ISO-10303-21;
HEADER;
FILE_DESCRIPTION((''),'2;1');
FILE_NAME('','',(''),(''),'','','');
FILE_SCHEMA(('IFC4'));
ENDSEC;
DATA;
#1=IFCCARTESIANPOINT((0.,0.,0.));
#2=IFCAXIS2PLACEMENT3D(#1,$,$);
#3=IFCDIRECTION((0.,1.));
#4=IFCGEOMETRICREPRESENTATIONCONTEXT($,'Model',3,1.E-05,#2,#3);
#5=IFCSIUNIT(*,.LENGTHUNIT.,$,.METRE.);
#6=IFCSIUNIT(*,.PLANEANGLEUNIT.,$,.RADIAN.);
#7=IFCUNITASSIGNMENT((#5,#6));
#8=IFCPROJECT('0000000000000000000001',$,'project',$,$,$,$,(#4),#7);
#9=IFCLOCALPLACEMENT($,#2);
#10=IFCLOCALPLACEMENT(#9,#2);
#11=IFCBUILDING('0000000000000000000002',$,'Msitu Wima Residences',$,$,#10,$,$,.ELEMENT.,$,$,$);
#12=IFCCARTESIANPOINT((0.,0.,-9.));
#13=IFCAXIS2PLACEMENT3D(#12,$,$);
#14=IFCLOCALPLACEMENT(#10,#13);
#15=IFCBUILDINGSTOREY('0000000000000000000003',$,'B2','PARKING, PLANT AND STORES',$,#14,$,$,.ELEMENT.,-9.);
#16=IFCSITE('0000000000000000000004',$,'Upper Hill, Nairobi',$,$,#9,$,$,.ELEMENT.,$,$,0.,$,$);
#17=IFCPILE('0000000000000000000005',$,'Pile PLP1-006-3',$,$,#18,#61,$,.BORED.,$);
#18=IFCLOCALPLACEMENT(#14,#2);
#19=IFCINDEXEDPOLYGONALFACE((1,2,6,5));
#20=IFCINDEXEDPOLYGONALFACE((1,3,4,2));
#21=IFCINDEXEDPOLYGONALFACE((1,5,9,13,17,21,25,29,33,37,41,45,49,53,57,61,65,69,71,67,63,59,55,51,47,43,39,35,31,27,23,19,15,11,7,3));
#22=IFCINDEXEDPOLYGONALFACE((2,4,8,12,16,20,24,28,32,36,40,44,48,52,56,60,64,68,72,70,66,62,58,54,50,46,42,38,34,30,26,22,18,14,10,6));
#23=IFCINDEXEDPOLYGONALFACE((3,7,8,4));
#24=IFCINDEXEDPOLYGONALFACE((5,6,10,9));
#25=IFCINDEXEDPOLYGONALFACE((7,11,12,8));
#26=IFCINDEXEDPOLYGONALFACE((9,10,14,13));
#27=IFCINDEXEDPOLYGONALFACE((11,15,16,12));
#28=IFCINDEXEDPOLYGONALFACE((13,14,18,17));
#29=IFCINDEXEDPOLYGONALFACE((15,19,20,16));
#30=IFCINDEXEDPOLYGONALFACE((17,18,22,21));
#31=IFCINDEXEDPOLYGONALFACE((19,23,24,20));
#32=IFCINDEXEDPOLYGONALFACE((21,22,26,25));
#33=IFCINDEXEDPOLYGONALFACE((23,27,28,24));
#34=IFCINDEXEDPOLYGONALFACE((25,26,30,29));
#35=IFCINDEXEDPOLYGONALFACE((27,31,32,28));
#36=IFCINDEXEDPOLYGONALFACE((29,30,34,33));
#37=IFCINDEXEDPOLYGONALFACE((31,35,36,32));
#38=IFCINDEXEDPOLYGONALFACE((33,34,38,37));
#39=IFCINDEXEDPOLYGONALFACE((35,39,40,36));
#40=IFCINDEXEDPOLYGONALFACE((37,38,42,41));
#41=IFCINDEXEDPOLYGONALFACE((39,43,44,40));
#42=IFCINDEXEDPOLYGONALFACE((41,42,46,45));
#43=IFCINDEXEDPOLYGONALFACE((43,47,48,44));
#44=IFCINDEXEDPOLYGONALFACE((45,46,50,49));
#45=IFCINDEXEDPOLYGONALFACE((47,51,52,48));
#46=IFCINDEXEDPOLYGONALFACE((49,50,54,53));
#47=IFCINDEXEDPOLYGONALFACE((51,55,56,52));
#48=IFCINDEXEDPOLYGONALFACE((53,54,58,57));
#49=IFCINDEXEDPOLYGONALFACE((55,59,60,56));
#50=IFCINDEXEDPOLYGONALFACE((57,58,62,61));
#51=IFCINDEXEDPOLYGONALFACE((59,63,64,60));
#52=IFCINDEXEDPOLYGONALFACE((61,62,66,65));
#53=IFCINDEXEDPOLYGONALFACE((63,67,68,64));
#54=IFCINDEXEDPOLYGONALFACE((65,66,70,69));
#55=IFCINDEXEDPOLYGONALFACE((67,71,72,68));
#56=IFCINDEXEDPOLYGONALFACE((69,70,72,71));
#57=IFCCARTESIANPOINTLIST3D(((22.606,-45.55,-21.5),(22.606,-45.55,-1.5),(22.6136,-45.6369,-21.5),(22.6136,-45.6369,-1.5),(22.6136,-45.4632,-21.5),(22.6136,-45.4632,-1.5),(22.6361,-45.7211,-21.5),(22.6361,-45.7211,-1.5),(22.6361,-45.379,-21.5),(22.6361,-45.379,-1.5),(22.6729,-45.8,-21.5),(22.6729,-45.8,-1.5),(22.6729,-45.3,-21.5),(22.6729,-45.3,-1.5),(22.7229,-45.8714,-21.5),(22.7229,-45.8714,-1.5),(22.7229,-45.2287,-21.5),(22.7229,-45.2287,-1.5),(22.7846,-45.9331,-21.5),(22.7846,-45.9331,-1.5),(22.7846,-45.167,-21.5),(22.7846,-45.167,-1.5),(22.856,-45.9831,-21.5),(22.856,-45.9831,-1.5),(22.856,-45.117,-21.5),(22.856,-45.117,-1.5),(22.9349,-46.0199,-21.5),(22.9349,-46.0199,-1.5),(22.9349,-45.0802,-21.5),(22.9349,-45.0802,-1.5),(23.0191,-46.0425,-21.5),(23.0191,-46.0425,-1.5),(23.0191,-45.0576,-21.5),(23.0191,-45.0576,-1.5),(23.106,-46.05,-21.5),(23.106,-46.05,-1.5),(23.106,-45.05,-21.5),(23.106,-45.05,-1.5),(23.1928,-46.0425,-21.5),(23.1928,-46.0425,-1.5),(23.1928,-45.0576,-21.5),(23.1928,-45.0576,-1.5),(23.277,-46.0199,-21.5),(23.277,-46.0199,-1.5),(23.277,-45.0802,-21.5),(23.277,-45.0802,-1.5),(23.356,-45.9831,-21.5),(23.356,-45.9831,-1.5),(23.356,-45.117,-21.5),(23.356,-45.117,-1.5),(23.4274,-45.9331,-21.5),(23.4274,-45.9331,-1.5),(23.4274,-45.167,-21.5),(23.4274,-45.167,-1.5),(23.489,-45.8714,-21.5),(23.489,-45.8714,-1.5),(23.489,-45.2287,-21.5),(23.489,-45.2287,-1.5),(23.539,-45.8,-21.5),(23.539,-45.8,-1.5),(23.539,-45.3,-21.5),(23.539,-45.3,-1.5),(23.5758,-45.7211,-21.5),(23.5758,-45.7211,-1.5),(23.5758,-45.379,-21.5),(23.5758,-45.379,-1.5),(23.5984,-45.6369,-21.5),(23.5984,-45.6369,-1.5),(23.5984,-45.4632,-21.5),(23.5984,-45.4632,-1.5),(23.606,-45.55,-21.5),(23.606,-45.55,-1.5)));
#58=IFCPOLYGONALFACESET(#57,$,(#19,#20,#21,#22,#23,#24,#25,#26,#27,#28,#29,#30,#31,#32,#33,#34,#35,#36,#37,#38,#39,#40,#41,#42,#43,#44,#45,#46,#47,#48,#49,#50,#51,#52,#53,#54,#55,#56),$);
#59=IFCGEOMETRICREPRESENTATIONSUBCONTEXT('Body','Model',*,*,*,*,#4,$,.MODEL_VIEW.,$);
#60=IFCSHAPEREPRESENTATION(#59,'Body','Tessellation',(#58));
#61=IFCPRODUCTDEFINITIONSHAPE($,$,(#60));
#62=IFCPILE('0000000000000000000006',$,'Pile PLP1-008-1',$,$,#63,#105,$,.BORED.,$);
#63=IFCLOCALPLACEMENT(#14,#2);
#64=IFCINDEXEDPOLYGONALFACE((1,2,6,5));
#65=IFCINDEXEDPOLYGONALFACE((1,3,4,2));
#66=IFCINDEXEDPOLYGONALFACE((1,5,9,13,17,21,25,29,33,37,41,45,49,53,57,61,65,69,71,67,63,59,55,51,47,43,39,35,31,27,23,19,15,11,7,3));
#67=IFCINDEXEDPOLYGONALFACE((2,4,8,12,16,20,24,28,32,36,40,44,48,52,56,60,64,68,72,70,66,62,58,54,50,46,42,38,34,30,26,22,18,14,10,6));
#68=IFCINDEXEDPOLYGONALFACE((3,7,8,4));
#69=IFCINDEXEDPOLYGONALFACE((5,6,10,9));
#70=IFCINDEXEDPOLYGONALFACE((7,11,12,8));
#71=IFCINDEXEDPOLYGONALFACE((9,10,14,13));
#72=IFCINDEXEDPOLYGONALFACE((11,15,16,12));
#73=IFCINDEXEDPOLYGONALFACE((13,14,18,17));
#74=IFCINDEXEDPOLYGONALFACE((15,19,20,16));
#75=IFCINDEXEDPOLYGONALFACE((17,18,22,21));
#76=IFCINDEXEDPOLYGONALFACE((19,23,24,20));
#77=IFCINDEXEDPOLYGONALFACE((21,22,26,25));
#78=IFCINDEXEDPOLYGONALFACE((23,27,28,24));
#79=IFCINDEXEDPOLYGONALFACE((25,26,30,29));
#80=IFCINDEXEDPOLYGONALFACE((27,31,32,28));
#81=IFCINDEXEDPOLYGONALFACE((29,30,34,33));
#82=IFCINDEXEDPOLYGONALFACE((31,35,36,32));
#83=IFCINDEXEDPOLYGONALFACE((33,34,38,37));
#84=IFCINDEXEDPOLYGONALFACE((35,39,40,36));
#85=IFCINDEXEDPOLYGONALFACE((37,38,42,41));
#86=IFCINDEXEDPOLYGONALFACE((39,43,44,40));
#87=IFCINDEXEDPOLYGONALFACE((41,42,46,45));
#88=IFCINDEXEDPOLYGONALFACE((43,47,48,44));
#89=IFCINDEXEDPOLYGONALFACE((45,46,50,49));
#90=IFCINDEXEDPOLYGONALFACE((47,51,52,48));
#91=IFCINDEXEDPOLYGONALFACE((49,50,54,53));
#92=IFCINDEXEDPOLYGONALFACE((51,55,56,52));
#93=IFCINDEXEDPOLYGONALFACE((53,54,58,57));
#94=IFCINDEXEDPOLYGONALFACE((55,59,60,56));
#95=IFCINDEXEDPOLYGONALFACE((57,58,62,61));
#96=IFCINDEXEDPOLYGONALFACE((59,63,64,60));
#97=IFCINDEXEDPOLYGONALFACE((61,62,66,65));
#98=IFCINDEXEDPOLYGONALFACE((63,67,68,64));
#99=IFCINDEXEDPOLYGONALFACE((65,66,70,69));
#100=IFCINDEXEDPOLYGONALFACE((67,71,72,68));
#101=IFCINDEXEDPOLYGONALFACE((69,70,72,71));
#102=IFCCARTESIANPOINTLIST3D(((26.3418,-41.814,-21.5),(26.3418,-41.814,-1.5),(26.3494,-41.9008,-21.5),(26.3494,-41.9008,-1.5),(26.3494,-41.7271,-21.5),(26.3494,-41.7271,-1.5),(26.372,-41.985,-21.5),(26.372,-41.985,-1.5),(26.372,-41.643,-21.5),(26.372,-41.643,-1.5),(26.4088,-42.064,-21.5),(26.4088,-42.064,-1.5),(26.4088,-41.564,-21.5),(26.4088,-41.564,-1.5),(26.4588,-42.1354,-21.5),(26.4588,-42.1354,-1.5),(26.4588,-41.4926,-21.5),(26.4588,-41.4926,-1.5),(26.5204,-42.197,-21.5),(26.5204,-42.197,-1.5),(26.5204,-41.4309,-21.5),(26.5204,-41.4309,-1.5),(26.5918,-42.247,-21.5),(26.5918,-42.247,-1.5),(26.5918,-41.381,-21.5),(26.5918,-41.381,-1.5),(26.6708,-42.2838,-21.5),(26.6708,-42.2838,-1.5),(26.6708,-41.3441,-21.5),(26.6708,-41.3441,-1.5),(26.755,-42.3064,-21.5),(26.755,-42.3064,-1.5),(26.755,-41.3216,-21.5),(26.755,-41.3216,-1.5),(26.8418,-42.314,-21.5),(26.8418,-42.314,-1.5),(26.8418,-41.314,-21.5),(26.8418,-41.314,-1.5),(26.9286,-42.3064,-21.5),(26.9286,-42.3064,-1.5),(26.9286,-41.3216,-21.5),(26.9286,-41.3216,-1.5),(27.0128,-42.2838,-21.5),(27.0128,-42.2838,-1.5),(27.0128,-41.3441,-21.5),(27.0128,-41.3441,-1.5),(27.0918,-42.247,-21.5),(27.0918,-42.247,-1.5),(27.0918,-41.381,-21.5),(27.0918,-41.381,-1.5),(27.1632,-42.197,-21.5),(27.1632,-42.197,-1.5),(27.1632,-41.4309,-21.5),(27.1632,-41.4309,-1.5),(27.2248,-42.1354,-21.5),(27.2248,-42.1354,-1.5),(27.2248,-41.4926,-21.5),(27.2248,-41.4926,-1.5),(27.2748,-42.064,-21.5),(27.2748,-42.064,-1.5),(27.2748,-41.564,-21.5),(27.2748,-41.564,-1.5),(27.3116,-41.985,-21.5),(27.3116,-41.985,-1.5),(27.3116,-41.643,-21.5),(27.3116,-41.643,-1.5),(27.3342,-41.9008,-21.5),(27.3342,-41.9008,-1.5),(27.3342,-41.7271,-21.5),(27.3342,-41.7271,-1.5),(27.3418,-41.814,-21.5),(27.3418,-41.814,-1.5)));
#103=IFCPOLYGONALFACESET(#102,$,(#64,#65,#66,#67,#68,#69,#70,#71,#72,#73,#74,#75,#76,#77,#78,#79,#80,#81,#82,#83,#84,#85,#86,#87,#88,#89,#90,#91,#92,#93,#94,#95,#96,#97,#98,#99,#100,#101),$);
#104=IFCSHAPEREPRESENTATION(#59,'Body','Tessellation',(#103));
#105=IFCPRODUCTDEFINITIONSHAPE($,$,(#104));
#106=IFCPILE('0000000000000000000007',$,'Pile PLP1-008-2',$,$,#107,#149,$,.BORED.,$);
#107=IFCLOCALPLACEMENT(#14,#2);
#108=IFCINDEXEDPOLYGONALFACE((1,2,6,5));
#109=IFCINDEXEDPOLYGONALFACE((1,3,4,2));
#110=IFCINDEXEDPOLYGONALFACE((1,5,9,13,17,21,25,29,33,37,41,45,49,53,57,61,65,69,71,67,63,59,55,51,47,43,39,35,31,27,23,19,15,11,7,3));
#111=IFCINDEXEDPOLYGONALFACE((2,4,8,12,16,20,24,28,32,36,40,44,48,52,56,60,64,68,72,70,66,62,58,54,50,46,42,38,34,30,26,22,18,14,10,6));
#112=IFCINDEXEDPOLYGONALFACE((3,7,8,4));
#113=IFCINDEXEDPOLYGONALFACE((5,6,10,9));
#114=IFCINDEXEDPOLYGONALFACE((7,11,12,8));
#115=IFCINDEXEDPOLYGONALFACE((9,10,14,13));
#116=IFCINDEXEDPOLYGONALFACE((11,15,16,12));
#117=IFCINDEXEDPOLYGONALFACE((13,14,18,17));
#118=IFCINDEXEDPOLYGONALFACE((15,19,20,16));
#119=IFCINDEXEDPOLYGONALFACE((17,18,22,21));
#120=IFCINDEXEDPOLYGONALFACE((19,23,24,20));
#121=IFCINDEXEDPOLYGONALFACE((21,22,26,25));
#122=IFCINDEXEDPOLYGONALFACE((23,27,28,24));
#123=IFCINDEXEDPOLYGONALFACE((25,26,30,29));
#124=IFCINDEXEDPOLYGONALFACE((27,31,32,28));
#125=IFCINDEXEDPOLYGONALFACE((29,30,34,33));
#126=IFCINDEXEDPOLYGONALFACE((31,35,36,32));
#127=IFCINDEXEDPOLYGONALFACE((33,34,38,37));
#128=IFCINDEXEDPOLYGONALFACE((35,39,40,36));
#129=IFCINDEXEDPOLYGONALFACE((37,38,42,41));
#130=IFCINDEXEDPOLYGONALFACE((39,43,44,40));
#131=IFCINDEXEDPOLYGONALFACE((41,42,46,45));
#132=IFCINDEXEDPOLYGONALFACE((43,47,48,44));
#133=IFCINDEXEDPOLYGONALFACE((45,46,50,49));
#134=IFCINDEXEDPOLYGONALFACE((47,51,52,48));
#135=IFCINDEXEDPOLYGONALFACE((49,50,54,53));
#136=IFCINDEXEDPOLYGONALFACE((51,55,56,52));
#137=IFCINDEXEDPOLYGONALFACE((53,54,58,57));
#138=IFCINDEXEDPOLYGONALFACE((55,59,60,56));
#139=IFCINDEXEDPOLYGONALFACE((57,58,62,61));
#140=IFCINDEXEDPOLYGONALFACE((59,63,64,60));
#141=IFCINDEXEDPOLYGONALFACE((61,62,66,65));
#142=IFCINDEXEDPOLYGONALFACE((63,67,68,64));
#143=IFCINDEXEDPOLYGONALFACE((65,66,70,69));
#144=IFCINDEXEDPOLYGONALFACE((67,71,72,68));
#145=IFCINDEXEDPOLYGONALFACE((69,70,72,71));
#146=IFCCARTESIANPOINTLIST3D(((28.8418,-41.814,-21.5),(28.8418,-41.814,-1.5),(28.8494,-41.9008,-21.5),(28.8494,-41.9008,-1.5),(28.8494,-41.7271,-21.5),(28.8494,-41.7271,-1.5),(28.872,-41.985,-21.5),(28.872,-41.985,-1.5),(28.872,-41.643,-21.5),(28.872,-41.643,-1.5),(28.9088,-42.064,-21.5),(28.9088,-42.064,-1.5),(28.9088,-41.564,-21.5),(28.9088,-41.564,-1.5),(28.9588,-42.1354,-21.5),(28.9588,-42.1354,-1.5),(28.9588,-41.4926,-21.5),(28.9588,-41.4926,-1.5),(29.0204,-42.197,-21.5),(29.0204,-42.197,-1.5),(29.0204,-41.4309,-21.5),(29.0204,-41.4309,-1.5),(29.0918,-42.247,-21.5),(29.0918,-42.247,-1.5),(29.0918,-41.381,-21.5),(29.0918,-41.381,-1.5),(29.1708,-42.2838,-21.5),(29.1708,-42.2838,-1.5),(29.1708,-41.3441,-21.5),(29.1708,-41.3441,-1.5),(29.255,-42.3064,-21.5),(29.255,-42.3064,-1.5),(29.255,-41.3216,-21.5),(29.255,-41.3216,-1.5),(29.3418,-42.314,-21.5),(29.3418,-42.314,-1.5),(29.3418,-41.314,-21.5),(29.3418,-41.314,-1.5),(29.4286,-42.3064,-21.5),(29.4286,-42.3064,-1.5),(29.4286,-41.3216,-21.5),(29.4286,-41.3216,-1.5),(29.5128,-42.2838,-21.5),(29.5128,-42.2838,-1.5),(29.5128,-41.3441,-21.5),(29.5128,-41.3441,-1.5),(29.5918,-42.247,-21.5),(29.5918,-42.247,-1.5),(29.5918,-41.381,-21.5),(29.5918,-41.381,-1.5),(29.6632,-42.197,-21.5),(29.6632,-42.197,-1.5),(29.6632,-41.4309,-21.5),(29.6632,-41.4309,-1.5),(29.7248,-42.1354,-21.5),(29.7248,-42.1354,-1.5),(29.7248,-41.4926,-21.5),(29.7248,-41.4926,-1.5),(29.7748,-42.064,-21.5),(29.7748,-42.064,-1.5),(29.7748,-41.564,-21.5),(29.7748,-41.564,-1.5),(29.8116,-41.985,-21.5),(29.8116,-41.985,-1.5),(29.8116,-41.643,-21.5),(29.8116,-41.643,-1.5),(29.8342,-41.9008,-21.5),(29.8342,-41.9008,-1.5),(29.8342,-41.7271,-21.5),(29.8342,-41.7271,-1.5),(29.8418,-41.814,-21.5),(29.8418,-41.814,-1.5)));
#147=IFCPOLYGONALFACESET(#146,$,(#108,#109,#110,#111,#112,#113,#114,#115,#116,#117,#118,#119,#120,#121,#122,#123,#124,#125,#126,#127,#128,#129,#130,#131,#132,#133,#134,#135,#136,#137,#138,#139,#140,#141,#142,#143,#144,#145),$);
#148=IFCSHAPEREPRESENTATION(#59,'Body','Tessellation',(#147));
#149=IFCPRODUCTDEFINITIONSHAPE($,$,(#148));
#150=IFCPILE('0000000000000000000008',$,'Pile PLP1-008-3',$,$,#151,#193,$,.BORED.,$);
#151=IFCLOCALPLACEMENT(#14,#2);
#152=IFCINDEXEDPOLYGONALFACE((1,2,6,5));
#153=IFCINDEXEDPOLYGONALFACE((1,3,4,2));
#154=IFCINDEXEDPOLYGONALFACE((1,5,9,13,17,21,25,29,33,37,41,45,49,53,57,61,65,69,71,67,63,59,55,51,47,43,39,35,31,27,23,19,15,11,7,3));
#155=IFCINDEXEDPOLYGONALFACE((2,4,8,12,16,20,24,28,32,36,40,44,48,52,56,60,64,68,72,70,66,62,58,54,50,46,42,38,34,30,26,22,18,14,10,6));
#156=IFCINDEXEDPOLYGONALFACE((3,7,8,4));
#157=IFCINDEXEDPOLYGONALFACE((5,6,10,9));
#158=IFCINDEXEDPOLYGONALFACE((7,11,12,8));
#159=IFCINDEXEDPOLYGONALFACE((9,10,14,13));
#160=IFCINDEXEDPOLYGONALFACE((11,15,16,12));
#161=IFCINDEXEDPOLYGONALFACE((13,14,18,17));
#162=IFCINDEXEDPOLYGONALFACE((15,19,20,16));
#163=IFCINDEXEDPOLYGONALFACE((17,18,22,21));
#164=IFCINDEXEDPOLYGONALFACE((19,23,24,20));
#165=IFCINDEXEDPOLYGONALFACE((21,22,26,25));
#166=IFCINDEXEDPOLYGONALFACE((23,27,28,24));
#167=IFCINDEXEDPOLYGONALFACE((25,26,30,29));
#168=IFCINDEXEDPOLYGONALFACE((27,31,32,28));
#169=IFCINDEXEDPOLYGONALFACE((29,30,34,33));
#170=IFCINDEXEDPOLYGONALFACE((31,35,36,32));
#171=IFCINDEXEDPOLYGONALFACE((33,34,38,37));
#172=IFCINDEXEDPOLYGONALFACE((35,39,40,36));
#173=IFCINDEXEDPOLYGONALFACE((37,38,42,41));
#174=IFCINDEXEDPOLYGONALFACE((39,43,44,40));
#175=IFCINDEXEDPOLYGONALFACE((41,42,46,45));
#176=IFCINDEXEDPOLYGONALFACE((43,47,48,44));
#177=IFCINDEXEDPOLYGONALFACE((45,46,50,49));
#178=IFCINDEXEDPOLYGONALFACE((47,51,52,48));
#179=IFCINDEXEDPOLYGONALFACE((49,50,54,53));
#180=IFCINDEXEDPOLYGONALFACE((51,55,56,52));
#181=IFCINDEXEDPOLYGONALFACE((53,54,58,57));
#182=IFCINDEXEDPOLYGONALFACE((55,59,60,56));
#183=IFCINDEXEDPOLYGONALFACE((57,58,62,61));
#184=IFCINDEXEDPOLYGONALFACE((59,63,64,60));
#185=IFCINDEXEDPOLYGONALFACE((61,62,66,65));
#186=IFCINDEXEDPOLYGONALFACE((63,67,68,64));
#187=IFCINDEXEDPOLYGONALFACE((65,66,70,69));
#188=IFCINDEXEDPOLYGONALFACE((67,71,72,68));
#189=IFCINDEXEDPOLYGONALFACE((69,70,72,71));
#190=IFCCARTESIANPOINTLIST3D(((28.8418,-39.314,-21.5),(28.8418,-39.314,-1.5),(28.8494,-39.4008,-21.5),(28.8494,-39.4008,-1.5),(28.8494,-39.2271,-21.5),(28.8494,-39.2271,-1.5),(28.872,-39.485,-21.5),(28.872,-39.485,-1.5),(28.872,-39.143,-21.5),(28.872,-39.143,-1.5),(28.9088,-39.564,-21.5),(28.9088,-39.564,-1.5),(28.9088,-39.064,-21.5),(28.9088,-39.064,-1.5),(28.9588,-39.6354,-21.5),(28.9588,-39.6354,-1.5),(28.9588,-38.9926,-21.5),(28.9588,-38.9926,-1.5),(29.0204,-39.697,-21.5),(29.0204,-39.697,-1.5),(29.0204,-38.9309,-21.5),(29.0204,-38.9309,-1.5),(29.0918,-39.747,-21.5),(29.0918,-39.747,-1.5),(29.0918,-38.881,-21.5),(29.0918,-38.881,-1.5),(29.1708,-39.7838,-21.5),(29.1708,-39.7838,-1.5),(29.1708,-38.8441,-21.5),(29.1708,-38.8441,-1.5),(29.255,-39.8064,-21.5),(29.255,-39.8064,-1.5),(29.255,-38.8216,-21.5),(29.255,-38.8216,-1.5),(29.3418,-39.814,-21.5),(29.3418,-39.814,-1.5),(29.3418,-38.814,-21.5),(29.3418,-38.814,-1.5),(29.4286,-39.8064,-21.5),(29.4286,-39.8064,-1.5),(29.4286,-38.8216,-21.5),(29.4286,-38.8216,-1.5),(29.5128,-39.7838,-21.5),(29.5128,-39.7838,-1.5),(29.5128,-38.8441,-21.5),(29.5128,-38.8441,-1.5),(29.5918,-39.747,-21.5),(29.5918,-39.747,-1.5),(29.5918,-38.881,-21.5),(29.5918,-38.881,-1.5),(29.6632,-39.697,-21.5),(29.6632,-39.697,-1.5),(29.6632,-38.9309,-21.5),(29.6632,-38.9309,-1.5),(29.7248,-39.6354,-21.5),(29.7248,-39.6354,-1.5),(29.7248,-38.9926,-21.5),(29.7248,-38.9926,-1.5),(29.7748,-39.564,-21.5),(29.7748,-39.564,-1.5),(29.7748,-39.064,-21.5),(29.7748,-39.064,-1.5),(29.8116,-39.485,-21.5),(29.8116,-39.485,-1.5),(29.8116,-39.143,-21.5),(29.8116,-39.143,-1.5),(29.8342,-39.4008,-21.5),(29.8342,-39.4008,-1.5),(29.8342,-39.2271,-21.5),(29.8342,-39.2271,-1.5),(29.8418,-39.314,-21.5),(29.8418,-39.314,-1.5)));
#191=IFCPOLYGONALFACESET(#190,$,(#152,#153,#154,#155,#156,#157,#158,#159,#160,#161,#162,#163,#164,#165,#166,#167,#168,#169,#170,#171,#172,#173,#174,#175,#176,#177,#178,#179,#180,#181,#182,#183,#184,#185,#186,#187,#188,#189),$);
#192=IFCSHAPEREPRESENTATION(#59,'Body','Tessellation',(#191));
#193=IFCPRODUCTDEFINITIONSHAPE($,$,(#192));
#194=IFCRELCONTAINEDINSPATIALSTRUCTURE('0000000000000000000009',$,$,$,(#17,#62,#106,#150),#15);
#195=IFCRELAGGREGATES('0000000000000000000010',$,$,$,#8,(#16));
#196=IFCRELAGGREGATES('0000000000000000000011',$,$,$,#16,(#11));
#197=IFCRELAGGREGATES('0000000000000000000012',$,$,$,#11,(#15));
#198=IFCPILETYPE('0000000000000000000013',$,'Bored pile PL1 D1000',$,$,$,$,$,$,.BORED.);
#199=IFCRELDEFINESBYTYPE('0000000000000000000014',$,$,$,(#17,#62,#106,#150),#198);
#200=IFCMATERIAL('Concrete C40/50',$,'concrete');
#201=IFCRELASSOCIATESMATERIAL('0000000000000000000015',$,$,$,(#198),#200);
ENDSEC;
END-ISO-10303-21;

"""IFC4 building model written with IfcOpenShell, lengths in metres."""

from ifc_helpers import new_model, si_unit, direction, frame, origin, origin_2d, place, context, subcontext, project, spatial, circle, extrude, material, type_object, element, save


model = new_model("IFC4")

# Units and contexts
model_context = context("Model", 3, precision=1e-05, world=origin(), true_north=direction((0.0, 1.0)))
body_context = subcontext(model_context, "Body", "Model", "MODEL_VIEW")
ifc_project = project(units=[si_unit("LENGTHUNIT", "METRE"), si_unit("PLANEANGLEUNIT", "RADIAN")], contexts=[model_context])

# Site, building, storey
site_placement = place(None, origin())
site = spatial("IfcSite", under=ifc_project, at=site_placement, Name="Upper Hill, Nairobi", CompositionType="ELEMENT", RefElevation=0.0)
building_placement = place(site_placement, origin())
building = spatial("IfcBuilding", under=site, at=building_placement, Name="Msitu Wima Residences", CompositionType="ELEMENT")
storey_placement = place(building_placement, frame((0.0, 0.0, -9.0)))
storey = spatial("IfcBuildingStorey", under=building, at=storey_placement, Name="B2", Description="PARKING, PLANT AND STORES", CompositionType="ELEMENT", Elevation=-9.0)

# Piles
ifc_material_1 = material(Name="Concrete C40/50", Category="concrete")
pile_type = type_object("IfcPileType", Name="Bored pile PL1 D1000", PredefinedType="BORED", material=ifc_material_1)
for number, where, z_axis, x_axis, name in (
    (1, (23.106, -45.55, -1.5), (0.0, 0.0, -1.0), (1.0, 0.0, 0.0), "Pile PLP1-006-3"),
    (2, (26.8418, -41.814, -1.5), (0.0, 0.0, -1.0), (1.0, 0.0, 0.0), "Pile PLP1-008-1"),
    (3, (29.3418, -41.814, -1.5), (0.0, 0.0, -1.0), (1.0, 0.0, 0.0), "Pile PLP1-008-2"),
    (4, (29.3418, -39.314, -1.5), (0.0, 0.0, -1.0), (1.0, 0.0, 0.0), "Pile PLP1-008-3"),
):
    element("IfcPile", number, at=place(storey_placement, frame(where, z_axis=z_axis, x_axis=x_axis)), inside=storey, type_object=pile_type, Name=name, PredefinedType="BORED", context=body_context, shape_type="SweptSolid", body=[
        extrude(circle(Radius=0.5, at=origin_2d()), origin(), (0.0, 0.0, 1.0), 20.0),
    ])

save(model, "model.ifc")
